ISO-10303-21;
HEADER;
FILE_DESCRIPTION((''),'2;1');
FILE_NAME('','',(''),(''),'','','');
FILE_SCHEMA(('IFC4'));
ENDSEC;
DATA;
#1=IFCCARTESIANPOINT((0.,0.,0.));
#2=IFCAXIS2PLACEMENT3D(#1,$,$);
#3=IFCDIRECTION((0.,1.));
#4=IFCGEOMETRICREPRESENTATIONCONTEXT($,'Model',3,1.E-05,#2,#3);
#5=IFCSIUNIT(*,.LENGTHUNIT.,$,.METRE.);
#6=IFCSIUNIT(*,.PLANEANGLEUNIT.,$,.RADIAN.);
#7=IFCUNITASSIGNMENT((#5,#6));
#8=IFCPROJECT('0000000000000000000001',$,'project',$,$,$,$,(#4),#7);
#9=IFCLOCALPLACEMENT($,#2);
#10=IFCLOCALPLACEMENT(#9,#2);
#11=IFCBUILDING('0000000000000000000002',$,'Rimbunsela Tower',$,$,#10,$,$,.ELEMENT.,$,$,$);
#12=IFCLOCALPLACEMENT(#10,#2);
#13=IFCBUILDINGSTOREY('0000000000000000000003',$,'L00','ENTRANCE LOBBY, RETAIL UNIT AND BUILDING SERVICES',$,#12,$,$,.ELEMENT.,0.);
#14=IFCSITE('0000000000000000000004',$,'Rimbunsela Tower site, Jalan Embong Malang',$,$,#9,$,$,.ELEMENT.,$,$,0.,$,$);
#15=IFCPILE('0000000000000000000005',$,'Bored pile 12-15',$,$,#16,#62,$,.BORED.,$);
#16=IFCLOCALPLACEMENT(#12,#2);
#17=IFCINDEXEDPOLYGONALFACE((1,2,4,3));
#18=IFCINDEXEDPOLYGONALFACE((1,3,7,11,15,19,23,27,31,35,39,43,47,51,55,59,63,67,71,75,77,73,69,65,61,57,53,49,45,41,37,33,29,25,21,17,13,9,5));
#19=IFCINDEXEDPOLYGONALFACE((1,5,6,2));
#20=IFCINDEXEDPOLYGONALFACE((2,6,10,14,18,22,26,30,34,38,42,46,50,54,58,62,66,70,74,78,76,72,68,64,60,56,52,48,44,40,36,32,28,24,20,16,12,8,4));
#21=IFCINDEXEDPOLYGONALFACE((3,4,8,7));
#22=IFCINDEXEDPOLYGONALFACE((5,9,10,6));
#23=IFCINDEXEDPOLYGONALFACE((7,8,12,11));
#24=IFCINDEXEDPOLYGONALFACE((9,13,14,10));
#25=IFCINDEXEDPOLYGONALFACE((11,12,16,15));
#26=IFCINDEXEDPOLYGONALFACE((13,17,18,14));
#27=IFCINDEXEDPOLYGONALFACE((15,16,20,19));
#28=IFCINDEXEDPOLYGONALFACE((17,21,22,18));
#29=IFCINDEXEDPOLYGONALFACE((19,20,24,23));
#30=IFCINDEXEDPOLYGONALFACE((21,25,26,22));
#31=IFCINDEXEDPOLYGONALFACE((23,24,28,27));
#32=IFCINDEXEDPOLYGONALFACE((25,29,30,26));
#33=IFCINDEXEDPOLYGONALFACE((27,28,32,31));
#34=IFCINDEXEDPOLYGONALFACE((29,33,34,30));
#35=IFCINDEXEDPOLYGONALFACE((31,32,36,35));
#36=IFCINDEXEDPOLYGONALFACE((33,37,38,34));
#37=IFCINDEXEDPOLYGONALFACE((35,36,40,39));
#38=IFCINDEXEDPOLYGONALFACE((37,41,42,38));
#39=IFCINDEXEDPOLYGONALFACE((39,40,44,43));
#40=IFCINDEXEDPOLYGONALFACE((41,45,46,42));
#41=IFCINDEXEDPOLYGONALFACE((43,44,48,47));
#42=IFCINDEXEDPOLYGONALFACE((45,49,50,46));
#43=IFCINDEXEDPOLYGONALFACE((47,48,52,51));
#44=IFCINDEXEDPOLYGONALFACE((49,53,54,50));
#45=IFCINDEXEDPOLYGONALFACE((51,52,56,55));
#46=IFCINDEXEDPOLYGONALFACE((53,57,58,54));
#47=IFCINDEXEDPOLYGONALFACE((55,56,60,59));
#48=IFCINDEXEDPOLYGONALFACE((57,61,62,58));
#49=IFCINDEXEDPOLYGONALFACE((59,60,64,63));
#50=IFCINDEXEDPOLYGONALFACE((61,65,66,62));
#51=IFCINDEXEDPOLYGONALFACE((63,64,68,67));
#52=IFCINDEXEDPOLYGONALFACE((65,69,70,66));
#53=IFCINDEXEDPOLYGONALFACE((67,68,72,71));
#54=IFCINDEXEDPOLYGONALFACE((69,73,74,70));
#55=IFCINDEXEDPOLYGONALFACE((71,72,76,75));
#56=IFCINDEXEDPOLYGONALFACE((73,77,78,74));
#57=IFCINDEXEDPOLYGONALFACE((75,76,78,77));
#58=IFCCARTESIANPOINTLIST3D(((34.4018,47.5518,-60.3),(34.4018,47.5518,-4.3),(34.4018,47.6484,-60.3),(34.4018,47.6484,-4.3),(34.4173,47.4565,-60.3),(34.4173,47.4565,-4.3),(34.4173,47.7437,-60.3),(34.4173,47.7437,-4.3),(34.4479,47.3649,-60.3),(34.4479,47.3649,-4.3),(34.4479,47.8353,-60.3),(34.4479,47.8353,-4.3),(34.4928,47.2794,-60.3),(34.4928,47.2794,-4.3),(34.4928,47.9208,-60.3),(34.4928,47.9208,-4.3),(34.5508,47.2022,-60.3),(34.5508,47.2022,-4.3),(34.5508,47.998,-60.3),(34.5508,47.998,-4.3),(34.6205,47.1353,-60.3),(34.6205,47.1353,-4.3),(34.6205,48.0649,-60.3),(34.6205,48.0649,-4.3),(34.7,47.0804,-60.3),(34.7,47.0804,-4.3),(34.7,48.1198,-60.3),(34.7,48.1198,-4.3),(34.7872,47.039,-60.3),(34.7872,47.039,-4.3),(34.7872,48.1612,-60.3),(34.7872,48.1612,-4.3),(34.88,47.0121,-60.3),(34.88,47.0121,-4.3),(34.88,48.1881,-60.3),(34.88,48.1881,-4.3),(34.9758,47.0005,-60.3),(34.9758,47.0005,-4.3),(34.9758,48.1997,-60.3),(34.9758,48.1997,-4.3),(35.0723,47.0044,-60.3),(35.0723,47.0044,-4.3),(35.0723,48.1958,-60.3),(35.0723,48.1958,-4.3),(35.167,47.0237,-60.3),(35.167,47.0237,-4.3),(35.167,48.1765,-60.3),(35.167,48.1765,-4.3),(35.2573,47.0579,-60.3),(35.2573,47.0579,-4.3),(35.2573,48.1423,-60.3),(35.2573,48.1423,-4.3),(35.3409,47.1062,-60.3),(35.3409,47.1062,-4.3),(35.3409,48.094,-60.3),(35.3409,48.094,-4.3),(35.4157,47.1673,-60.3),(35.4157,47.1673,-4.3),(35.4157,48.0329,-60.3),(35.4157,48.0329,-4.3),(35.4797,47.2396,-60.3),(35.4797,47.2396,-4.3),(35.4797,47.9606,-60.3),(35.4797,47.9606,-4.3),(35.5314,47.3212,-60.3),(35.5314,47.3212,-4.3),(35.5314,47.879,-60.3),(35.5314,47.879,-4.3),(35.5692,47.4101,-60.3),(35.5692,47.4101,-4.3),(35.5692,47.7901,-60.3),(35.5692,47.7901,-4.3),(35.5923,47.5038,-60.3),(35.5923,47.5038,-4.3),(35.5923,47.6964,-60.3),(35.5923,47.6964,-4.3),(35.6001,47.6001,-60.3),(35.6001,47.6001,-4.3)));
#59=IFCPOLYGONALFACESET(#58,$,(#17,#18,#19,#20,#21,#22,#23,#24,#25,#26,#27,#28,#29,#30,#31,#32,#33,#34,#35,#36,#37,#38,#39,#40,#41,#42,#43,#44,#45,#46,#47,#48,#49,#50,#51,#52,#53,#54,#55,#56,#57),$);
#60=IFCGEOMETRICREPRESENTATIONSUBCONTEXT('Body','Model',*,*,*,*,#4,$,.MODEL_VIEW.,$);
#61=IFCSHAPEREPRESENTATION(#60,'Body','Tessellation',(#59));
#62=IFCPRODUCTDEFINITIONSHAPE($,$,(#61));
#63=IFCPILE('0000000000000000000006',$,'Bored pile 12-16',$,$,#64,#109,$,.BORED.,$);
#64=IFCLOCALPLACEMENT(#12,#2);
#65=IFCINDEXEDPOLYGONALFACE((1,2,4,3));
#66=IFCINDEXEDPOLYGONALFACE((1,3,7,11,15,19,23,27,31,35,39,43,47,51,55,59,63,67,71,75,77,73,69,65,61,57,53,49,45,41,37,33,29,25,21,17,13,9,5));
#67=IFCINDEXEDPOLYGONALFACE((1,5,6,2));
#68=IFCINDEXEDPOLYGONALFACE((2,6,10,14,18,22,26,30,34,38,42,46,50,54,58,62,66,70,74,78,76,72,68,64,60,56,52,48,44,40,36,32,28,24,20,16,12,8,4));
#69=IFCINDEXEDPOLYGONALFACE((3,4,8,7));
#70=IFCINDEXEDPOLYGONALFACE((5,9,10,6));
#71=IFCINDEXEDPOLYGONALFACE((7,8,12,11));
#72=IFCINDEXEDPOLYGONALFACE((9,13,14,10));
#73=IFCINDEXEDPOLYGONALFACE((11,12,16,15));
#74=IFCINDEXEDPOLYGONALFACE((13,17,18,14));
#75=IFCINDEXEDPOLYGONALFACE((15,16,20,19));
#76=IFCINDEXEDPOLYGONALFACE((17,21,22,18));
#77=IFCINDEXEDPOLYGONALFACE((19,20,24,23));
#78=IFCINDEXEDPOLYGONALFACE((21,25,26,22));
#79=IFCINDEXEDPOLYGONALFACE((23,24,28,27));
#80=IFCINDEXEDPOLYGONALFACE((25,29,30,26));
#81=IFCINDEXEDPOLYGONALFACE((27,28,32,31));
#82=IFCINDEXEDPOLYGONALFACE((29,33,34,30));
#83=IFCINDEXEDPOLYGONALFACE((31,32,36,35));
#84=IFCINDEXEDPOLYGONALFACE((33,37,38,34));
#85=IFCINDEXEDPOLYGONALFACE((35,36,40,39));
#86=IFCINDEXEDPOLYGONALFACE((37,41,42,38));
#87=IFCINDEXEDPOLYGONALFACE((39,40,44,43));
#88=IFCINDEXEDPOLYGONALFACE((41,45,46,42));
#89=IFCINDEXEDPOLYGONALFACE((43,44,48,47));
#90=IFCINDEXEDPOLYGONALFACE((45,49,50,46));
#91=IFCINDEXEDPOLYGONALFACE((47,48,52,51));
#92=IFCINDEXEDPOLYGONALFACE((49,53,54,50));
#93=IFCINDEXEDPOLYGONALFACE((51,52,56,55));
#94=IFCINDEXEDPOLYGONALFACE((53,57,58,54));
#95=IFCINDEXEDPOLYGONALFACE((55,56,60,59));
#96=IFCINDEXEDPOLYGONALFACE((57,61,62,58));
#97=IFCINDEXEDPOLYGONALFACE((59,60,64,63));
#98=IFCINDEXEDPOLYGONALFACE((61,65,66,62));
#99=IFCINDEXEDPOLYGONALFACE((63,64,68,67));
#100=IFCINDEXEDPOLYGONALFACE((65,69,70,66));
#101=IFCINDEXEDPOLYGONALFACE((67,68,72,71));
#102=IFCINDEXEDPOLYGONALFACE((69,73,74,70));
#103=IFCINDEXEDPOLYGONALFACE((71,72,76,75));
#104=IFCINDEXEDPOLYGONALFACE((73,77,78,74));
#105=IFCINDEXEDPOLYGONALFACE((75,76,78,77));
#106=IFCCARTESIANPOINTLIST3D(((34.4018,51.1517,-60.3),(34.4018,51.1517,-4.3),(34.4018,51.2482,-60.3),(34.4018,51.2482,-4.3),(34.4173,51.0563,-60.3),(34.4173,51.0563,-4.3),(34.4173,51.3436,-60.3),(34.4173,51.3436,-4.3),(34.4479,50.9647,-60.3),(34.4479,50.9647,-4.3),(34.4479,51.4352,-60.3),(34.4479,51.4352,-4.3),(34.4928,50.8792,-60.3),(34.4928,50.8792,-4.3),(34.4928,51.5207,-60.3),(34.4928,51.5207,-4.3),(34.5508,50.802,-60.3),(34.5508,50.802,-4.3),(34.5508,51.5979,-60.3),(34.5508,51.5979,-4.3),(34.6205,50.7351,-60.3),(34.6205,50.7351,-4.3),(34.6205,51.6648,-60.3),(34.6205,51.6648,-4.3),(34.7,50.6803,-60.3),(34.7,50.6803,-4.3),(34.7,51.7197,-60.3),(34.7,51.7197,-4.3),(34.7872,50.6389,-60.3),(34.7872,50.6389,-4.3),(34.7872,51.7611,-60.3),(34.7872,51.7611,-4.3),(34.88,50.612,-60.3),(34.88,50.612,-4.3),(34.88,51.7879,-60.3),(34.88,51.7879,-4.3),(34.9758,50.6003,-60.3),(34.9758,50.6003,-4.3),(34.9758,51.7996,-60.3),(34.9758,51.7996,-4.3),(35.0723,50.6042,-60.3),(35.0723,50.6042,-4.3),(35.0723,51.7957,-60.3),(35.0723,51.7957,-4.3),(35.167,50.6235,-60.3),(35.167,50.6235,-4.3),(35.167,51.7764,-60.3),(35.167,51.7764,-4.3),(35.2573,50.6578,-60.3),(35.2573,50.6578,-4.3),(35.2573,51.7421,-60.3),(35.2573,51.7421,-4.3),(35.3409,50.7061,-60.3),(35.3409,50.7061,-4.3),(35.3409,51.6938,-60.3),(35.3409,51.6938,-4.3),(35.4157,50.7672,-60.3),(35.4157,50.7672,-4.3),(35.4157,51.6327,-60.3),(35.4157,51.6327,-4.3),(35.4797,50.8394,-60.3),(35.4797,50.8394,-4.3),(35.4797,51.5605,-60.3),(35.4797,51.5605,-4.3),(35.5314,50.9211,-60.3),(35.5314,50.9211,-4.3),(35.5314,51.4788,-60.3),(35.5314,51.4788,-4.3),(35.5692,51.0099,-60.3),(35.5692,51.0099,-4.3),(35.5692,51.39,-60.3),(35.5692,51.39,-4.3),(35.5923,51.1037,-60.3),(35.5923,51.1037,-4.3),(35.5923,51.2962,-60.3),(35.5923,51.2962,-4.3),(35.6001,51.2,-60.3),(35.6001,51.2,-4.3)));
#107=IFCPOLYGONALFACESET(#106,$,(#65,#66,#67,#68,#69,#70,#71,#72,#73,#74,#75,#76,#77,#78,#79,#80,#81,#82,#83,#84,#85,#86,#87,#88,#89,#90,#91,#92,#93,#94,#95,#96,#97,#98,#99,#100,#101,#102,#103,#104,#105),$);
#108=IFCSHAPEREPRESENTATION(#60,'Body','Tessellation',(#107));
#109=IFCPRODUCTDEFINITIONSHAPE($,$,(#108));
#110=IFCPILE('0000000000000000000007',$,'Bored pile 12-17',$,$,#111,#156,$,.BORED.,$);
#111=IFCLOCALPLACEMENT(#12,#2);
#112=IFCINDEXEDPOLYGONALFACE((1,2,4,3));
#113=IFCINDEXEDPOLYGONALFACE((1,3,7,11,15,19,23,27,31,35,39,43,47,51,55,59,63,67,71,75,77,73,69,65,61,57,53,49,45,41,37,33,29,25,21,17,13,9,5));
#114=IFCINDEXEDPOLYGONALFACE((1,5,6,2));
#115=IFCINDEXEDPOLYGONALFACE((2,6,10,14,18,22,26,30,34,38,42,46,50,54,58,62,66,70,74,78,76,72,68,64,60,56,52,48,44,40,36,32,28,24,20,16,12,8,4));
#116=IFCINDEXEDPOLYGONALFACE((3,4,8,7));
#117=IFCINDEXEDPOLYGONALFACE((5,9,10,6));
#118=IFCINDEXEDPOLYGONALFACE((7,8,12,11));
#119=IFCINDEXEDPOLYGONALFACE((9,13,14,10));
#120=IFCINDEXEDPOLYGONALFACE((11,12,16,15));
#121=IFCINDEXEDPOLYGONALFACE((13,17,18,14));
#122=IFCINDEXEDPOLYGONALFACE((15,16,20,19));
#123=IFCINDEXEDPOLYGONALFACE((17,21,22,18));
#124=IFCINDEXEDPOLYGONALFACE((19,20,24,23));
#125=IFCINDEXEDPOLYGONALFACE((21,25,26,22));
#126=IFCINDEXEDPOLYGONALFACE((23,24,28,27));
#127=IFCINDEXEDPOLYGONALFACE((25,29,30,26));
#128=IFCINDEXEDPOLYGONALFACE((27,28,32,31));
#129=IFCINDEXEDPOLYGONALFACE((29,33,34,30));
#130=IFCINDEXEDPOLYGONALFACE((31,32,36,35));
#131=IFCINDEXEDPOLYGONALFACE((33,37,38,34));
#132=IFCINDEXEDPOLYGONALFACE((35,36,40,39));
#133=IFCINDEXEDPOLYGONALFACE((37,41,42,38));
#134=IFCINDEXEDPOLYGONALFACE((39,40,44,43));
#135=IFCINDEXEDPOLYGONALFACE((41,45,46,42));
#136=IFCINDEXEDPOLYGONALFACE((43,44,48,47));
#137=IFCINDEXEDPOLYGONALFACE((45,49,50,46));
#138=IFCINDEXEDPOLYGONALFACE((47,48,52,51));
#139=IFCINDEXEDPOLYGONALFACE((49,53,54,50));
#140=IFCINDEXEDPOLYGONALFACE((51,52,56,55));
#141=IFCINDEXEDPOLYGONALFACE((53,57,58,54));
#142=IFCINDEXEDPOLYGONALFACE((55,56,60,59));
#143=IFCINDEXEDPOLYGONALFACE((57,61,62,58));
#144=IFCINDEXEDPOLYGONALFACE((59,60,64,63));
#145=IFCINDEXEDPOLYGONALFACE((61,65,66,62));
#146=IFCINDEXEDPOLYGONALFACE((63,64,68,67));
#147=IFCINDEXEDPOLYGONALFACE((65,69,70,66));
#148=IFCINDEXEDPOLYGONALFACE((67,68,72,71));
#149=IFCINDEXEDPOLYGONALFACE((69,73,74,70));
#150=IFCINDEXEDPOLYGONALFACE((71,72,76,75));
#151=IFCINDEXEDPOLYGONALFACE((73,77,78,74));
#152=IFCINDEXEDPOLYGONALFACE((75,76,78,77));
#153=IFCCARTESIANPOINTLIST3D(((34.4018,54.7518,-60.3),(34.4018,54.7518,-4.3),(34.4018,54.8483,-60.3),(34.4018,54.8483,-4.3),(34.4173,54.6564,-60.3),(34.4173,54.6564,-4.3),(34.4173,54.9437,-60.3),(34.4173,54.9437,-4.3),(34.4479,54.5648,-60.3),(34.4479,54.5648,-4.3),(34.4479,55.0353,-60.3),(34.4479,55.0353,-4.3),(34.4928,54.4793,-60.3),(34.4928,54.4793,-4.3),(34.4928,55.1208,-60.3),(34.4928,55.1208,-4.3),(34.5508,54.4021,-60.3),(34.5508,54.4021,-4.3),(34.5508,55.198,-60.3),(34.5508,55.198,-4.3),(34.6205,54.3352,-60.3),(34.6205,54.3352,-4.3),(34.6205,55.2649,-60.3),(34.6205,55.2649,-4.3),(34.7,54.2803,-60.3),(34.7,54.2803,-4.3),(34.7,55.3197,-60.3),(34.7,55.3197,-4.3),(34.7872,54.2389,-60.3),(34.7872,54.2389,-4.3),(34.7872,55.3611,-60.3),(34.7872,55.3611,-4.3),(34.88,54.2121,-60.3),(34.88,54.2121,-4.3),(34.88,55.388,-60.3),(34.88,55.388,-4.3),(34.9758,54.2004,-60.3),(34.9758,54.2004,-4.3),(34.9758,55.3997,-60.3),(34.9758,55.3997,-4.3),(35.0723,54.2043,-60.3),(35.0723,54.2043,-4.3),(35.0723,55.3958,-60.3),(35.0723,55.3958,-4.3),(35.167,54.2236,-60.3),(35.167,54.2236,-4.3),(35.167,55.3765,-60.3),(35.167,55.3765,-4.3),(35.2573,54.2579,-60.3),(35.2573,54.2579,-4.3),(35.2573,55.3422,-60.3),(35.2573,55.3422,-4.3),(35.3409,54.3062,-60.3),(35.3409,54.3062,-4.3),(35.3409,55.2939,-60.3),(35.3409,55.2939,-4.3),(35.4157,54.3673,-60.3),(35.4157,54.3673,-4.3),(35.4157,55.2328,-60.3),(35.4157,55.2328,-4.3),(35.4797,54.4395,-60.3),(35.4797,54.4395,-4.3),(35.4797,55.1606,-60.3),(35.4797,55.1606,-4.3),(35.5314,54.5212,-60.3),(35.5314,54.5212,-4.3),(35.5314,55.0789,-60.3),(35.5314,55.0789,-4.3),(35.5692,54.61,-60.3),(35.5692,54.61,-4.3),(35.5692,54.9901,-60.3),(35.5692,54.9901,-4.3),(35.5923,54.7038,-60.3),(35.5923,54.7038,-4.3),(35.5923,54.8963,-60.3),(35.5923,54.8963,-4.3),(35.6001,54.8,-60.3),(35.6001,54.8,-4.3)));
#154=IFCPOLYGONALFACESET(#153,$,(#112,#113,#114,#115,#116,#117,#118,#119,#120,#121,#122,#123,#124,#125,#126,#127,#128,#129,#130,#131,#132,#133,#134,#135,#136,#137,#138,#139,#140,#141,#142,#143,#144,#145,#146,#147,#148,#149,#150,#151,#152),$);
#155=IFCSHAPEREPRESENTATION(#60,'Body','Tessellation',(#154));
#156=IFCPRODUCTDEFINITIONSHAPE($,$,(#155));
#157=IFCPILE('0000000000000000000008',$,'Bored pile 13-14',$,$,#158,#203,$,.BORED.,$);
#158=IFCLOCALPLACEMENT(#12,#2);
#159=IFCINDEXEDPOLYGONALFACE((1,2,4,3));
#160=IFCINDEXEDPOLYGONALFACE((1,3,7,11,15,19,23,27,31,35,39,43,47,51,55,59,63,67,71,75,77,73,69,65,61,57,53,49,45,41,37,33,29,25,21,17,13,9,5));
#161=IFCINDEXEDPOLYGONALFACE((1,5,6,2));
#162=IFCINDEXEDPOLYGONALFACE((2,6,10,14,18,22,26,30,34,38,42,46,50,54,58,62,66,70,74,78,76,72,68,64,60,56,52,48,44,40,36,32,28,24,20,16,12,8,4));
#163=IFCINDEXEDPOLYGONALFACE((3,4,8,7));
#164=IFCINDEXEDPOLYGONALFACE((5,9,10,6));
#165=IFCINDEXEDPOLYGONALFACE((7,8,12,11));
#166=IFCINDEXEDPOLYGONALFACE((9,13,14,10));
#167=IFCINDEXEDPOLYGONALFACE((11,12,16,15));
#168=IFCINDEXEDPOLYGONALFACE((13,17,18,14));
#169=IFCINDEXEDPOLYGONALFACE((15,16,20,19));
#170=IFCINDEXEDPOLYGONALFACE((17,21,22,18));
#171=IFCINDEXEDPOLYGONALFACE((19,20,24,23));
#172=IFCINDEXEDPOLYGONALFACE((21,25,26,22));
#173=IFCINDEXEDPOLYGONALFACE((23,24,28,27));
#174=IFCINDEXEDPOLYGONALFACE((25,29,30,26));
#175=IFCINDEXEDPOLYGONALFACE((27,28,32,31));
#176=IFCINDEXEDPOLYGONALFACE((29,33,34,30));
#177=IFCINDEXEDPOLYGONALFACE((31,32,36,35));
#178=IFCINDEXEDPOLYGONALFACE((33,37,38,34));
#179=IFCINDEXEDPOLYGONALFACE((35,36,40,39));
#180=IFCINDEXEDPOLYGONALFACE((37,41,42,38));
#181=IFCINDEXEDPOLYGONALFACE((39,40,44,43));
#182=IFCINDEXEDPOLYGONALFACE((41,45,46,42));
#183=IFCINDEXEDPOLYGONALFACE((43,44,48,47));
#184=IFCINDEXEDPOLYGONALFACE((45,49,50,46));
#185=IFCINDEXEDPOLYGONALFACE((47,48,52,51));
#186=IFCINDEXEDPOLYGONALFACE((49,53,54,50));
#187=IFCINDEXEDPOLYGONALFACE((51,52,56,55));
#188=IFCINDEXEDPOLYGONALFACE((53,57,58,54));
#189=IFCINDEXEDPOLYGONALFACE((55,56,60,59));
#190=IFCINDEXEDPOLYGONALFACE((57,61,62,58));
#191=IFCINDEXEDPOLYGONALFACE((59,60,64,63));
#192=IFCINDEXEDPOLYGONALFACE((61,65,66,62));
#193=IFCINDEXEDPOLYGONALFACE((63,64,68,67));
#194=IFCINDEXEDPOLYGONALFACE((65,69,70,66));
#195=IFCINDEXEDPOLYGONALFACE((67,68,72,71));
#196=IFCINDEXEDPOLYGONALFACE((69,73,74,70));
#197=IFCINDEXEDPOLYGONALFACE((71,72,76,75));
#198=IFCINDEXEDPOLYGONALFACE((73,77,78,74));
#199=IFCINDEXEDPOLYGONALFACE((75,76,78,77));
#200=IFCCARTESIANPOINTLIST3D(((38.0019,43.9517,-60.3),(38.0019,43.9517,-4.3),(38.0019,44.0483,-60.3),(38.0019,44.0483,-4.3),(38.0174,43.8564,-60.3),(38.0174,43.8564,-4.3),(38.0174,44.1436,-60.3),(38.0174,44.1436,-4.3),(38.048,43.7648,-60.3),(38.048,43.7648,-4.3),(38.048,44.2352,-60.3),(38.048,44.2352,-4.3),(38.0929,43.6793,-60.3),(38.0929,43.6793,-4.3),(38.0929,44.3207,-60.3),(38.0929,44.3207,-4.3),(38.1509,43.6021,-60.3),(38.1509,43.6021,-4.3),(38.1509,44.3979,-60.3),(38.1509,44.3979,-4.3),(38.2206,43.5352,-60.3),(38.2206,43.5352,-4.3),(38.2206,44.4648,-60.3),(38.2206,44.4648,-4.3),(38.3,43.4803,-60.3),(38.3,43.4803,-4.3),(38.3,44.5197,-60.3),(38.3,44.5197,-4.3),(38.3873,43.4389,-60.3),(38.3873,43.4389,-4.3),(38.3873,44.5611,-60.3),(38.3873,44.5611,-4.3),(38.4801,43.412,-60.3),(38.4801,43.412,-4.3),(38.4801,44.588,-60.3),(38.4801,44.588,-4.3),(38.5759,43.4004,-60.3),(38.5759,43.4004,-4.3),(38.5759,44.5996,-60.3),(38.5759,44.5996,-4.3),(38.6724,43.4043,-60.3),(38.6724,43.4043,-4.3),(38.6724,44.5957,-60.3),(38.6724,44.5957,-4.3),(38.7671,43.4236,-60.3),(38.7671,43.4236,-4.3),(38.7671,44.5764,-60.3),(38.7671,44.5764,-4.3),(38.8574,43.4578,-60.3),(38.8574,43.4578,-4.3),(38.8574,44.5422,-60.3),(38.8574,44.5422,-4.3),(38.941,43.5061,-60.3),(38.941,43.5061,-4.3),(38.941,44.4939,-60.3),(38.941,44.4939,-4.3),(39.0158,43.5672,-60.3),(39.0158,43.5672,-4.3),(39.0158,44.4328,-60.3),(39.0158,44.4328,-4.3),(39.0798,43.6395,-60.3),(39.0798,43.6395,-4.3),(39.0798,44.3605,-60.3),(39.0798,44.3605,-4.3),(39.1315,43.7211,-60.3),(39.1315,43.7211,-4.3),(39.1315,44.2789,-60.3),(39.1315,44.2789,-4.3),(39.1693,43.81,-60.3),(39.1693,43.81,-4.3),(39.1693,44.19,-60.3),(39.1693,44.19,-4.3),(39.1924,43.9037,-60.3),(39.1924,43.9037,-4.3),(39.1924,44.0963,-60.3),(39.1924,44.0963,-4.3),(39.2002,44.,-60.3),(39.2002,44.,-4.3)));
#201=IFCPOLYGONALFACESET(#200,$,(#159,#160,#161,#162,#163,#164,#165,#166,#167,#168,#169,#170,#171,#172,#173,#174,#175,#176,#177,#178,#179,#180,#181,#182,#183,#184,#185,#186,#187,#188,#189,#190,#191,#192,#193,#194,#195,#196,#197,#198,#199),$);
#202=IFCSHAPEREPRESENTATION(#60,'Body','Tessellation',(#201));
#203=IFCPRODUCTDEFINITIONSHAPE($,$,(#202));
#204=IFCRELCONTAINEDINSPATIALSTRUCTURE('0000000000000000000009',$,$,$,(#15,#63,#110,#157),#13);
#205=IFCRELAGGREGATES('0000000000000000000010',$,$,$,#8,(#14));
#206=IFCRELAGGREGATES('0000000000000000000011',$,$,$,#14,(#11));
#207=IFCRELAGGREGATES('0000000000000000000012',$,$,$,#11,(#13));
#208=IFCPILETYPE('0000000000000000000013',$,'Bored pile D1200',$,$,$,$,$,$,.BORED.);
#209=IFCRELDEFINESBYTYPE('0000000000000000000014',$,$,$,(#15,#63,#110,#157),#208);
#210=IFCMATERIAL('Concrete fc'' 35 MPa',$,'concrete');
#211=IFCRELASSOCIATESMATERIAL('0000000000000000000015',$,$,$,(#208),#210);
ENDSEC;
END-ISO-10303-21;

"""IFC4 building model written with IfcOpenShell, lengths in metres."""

from ifc_helpers import new_model, si_unit, direction, frame, origin, origin_2d, place, context, subcontext, project, spatial, circle, extrude, material, material_profile, profile_set, type_object, element, save


model = new_model("IFC4")

# Units and contexts
model_context = context("Model", 3, precision=1e-05, world=origin(), true_north=direction((0.0, 1.0)))
body_context = subcontext(model_context, "Body", "Model", "MODEL_VIEW")
ifc_project = project(units=[si_unit("LENGTHUNIT", "METRE"), si_unit("PLANEANGLEUNIT", "RADIAN")], contexts=[model_context])

# Site, building, storey
site_placement = place(None, origin())
site = spatial("IfcSite", under=ifc_project, at=site_placement, Name="Rimbunsela Tower site, Jalan Embong Malang", CompositionType="ELEMENT", RefElevation=0.0)
building_placement = place(site_placement, origin())
building = spatial("IfcBuilding", under=site, at=building_placement, Name="Rimbunsela Tower", CompositionType="ELEMENT")
storey_placement = place(building_placement, origin())
storey = spatial("IfcBuildingStorey", under=building, at=storey_placement, Name="L00", Description="ENTRANCE LOBBY, RETAIL UNIT AND BUILDING SERVICES", CompositionType="ELEMENT", Elevation=0.0)

# Piles
ifc_material_1 = material(Name="Concrete fc' 35 MPa", Category="concrete")
ifc_material_profile_1 = material_profile(ifc_material_1, circle(Radius=0.6001, at=origin_2d()), Name="BP D1200")
ifc_profile_set_1 = profile_set([ifc_material_profile_1], Name="Concrete fc' 35 MPa")
pile_type = type_object("IfcPileType", Name="Bored pile D1200", PredefinedType="BORED", material=ifc_profile_set_1)
for number, where, z_axis, x_axis, name in (
    (1, (35.0, 47.6001, -4.3), (0.0, 0.0, -1.0), (1.0, 0.0, 0.0), "Bored pile 12-15"),
    (2, (35.0, 51.2, -4.3), (0.0, 0.0, -1.0), (1.0, 0.0, 0.0), "Bored pile 12-16"),
    (3, (35.0, 54.8, -4.3), (0.0, 0.0, -1.0), (1.0, 0.0, 0.0), "Bored pile 12-17"),
    (4, (38.6001, 44.0, -4.3), (0.0, 0.0, -1.0), (1.0, 0.0, 0.0), "Bored pile 13-14"),
):
    element("IfcPile", number, at=place(storey_placement, frame(where, z_axis=z_axis, x_axis=x_axis)), inside=storey, type_object=pile_type, Name=name, PredefinedType="BORED", context=body_context, shape_type="SweptSolid", body=[
        extrude(circle(Radius=0.6001, at=origin_2d()), origin(), (0.0, 0.0, 1.0), 56.0),
    ])

save(model, "model.ifc")
